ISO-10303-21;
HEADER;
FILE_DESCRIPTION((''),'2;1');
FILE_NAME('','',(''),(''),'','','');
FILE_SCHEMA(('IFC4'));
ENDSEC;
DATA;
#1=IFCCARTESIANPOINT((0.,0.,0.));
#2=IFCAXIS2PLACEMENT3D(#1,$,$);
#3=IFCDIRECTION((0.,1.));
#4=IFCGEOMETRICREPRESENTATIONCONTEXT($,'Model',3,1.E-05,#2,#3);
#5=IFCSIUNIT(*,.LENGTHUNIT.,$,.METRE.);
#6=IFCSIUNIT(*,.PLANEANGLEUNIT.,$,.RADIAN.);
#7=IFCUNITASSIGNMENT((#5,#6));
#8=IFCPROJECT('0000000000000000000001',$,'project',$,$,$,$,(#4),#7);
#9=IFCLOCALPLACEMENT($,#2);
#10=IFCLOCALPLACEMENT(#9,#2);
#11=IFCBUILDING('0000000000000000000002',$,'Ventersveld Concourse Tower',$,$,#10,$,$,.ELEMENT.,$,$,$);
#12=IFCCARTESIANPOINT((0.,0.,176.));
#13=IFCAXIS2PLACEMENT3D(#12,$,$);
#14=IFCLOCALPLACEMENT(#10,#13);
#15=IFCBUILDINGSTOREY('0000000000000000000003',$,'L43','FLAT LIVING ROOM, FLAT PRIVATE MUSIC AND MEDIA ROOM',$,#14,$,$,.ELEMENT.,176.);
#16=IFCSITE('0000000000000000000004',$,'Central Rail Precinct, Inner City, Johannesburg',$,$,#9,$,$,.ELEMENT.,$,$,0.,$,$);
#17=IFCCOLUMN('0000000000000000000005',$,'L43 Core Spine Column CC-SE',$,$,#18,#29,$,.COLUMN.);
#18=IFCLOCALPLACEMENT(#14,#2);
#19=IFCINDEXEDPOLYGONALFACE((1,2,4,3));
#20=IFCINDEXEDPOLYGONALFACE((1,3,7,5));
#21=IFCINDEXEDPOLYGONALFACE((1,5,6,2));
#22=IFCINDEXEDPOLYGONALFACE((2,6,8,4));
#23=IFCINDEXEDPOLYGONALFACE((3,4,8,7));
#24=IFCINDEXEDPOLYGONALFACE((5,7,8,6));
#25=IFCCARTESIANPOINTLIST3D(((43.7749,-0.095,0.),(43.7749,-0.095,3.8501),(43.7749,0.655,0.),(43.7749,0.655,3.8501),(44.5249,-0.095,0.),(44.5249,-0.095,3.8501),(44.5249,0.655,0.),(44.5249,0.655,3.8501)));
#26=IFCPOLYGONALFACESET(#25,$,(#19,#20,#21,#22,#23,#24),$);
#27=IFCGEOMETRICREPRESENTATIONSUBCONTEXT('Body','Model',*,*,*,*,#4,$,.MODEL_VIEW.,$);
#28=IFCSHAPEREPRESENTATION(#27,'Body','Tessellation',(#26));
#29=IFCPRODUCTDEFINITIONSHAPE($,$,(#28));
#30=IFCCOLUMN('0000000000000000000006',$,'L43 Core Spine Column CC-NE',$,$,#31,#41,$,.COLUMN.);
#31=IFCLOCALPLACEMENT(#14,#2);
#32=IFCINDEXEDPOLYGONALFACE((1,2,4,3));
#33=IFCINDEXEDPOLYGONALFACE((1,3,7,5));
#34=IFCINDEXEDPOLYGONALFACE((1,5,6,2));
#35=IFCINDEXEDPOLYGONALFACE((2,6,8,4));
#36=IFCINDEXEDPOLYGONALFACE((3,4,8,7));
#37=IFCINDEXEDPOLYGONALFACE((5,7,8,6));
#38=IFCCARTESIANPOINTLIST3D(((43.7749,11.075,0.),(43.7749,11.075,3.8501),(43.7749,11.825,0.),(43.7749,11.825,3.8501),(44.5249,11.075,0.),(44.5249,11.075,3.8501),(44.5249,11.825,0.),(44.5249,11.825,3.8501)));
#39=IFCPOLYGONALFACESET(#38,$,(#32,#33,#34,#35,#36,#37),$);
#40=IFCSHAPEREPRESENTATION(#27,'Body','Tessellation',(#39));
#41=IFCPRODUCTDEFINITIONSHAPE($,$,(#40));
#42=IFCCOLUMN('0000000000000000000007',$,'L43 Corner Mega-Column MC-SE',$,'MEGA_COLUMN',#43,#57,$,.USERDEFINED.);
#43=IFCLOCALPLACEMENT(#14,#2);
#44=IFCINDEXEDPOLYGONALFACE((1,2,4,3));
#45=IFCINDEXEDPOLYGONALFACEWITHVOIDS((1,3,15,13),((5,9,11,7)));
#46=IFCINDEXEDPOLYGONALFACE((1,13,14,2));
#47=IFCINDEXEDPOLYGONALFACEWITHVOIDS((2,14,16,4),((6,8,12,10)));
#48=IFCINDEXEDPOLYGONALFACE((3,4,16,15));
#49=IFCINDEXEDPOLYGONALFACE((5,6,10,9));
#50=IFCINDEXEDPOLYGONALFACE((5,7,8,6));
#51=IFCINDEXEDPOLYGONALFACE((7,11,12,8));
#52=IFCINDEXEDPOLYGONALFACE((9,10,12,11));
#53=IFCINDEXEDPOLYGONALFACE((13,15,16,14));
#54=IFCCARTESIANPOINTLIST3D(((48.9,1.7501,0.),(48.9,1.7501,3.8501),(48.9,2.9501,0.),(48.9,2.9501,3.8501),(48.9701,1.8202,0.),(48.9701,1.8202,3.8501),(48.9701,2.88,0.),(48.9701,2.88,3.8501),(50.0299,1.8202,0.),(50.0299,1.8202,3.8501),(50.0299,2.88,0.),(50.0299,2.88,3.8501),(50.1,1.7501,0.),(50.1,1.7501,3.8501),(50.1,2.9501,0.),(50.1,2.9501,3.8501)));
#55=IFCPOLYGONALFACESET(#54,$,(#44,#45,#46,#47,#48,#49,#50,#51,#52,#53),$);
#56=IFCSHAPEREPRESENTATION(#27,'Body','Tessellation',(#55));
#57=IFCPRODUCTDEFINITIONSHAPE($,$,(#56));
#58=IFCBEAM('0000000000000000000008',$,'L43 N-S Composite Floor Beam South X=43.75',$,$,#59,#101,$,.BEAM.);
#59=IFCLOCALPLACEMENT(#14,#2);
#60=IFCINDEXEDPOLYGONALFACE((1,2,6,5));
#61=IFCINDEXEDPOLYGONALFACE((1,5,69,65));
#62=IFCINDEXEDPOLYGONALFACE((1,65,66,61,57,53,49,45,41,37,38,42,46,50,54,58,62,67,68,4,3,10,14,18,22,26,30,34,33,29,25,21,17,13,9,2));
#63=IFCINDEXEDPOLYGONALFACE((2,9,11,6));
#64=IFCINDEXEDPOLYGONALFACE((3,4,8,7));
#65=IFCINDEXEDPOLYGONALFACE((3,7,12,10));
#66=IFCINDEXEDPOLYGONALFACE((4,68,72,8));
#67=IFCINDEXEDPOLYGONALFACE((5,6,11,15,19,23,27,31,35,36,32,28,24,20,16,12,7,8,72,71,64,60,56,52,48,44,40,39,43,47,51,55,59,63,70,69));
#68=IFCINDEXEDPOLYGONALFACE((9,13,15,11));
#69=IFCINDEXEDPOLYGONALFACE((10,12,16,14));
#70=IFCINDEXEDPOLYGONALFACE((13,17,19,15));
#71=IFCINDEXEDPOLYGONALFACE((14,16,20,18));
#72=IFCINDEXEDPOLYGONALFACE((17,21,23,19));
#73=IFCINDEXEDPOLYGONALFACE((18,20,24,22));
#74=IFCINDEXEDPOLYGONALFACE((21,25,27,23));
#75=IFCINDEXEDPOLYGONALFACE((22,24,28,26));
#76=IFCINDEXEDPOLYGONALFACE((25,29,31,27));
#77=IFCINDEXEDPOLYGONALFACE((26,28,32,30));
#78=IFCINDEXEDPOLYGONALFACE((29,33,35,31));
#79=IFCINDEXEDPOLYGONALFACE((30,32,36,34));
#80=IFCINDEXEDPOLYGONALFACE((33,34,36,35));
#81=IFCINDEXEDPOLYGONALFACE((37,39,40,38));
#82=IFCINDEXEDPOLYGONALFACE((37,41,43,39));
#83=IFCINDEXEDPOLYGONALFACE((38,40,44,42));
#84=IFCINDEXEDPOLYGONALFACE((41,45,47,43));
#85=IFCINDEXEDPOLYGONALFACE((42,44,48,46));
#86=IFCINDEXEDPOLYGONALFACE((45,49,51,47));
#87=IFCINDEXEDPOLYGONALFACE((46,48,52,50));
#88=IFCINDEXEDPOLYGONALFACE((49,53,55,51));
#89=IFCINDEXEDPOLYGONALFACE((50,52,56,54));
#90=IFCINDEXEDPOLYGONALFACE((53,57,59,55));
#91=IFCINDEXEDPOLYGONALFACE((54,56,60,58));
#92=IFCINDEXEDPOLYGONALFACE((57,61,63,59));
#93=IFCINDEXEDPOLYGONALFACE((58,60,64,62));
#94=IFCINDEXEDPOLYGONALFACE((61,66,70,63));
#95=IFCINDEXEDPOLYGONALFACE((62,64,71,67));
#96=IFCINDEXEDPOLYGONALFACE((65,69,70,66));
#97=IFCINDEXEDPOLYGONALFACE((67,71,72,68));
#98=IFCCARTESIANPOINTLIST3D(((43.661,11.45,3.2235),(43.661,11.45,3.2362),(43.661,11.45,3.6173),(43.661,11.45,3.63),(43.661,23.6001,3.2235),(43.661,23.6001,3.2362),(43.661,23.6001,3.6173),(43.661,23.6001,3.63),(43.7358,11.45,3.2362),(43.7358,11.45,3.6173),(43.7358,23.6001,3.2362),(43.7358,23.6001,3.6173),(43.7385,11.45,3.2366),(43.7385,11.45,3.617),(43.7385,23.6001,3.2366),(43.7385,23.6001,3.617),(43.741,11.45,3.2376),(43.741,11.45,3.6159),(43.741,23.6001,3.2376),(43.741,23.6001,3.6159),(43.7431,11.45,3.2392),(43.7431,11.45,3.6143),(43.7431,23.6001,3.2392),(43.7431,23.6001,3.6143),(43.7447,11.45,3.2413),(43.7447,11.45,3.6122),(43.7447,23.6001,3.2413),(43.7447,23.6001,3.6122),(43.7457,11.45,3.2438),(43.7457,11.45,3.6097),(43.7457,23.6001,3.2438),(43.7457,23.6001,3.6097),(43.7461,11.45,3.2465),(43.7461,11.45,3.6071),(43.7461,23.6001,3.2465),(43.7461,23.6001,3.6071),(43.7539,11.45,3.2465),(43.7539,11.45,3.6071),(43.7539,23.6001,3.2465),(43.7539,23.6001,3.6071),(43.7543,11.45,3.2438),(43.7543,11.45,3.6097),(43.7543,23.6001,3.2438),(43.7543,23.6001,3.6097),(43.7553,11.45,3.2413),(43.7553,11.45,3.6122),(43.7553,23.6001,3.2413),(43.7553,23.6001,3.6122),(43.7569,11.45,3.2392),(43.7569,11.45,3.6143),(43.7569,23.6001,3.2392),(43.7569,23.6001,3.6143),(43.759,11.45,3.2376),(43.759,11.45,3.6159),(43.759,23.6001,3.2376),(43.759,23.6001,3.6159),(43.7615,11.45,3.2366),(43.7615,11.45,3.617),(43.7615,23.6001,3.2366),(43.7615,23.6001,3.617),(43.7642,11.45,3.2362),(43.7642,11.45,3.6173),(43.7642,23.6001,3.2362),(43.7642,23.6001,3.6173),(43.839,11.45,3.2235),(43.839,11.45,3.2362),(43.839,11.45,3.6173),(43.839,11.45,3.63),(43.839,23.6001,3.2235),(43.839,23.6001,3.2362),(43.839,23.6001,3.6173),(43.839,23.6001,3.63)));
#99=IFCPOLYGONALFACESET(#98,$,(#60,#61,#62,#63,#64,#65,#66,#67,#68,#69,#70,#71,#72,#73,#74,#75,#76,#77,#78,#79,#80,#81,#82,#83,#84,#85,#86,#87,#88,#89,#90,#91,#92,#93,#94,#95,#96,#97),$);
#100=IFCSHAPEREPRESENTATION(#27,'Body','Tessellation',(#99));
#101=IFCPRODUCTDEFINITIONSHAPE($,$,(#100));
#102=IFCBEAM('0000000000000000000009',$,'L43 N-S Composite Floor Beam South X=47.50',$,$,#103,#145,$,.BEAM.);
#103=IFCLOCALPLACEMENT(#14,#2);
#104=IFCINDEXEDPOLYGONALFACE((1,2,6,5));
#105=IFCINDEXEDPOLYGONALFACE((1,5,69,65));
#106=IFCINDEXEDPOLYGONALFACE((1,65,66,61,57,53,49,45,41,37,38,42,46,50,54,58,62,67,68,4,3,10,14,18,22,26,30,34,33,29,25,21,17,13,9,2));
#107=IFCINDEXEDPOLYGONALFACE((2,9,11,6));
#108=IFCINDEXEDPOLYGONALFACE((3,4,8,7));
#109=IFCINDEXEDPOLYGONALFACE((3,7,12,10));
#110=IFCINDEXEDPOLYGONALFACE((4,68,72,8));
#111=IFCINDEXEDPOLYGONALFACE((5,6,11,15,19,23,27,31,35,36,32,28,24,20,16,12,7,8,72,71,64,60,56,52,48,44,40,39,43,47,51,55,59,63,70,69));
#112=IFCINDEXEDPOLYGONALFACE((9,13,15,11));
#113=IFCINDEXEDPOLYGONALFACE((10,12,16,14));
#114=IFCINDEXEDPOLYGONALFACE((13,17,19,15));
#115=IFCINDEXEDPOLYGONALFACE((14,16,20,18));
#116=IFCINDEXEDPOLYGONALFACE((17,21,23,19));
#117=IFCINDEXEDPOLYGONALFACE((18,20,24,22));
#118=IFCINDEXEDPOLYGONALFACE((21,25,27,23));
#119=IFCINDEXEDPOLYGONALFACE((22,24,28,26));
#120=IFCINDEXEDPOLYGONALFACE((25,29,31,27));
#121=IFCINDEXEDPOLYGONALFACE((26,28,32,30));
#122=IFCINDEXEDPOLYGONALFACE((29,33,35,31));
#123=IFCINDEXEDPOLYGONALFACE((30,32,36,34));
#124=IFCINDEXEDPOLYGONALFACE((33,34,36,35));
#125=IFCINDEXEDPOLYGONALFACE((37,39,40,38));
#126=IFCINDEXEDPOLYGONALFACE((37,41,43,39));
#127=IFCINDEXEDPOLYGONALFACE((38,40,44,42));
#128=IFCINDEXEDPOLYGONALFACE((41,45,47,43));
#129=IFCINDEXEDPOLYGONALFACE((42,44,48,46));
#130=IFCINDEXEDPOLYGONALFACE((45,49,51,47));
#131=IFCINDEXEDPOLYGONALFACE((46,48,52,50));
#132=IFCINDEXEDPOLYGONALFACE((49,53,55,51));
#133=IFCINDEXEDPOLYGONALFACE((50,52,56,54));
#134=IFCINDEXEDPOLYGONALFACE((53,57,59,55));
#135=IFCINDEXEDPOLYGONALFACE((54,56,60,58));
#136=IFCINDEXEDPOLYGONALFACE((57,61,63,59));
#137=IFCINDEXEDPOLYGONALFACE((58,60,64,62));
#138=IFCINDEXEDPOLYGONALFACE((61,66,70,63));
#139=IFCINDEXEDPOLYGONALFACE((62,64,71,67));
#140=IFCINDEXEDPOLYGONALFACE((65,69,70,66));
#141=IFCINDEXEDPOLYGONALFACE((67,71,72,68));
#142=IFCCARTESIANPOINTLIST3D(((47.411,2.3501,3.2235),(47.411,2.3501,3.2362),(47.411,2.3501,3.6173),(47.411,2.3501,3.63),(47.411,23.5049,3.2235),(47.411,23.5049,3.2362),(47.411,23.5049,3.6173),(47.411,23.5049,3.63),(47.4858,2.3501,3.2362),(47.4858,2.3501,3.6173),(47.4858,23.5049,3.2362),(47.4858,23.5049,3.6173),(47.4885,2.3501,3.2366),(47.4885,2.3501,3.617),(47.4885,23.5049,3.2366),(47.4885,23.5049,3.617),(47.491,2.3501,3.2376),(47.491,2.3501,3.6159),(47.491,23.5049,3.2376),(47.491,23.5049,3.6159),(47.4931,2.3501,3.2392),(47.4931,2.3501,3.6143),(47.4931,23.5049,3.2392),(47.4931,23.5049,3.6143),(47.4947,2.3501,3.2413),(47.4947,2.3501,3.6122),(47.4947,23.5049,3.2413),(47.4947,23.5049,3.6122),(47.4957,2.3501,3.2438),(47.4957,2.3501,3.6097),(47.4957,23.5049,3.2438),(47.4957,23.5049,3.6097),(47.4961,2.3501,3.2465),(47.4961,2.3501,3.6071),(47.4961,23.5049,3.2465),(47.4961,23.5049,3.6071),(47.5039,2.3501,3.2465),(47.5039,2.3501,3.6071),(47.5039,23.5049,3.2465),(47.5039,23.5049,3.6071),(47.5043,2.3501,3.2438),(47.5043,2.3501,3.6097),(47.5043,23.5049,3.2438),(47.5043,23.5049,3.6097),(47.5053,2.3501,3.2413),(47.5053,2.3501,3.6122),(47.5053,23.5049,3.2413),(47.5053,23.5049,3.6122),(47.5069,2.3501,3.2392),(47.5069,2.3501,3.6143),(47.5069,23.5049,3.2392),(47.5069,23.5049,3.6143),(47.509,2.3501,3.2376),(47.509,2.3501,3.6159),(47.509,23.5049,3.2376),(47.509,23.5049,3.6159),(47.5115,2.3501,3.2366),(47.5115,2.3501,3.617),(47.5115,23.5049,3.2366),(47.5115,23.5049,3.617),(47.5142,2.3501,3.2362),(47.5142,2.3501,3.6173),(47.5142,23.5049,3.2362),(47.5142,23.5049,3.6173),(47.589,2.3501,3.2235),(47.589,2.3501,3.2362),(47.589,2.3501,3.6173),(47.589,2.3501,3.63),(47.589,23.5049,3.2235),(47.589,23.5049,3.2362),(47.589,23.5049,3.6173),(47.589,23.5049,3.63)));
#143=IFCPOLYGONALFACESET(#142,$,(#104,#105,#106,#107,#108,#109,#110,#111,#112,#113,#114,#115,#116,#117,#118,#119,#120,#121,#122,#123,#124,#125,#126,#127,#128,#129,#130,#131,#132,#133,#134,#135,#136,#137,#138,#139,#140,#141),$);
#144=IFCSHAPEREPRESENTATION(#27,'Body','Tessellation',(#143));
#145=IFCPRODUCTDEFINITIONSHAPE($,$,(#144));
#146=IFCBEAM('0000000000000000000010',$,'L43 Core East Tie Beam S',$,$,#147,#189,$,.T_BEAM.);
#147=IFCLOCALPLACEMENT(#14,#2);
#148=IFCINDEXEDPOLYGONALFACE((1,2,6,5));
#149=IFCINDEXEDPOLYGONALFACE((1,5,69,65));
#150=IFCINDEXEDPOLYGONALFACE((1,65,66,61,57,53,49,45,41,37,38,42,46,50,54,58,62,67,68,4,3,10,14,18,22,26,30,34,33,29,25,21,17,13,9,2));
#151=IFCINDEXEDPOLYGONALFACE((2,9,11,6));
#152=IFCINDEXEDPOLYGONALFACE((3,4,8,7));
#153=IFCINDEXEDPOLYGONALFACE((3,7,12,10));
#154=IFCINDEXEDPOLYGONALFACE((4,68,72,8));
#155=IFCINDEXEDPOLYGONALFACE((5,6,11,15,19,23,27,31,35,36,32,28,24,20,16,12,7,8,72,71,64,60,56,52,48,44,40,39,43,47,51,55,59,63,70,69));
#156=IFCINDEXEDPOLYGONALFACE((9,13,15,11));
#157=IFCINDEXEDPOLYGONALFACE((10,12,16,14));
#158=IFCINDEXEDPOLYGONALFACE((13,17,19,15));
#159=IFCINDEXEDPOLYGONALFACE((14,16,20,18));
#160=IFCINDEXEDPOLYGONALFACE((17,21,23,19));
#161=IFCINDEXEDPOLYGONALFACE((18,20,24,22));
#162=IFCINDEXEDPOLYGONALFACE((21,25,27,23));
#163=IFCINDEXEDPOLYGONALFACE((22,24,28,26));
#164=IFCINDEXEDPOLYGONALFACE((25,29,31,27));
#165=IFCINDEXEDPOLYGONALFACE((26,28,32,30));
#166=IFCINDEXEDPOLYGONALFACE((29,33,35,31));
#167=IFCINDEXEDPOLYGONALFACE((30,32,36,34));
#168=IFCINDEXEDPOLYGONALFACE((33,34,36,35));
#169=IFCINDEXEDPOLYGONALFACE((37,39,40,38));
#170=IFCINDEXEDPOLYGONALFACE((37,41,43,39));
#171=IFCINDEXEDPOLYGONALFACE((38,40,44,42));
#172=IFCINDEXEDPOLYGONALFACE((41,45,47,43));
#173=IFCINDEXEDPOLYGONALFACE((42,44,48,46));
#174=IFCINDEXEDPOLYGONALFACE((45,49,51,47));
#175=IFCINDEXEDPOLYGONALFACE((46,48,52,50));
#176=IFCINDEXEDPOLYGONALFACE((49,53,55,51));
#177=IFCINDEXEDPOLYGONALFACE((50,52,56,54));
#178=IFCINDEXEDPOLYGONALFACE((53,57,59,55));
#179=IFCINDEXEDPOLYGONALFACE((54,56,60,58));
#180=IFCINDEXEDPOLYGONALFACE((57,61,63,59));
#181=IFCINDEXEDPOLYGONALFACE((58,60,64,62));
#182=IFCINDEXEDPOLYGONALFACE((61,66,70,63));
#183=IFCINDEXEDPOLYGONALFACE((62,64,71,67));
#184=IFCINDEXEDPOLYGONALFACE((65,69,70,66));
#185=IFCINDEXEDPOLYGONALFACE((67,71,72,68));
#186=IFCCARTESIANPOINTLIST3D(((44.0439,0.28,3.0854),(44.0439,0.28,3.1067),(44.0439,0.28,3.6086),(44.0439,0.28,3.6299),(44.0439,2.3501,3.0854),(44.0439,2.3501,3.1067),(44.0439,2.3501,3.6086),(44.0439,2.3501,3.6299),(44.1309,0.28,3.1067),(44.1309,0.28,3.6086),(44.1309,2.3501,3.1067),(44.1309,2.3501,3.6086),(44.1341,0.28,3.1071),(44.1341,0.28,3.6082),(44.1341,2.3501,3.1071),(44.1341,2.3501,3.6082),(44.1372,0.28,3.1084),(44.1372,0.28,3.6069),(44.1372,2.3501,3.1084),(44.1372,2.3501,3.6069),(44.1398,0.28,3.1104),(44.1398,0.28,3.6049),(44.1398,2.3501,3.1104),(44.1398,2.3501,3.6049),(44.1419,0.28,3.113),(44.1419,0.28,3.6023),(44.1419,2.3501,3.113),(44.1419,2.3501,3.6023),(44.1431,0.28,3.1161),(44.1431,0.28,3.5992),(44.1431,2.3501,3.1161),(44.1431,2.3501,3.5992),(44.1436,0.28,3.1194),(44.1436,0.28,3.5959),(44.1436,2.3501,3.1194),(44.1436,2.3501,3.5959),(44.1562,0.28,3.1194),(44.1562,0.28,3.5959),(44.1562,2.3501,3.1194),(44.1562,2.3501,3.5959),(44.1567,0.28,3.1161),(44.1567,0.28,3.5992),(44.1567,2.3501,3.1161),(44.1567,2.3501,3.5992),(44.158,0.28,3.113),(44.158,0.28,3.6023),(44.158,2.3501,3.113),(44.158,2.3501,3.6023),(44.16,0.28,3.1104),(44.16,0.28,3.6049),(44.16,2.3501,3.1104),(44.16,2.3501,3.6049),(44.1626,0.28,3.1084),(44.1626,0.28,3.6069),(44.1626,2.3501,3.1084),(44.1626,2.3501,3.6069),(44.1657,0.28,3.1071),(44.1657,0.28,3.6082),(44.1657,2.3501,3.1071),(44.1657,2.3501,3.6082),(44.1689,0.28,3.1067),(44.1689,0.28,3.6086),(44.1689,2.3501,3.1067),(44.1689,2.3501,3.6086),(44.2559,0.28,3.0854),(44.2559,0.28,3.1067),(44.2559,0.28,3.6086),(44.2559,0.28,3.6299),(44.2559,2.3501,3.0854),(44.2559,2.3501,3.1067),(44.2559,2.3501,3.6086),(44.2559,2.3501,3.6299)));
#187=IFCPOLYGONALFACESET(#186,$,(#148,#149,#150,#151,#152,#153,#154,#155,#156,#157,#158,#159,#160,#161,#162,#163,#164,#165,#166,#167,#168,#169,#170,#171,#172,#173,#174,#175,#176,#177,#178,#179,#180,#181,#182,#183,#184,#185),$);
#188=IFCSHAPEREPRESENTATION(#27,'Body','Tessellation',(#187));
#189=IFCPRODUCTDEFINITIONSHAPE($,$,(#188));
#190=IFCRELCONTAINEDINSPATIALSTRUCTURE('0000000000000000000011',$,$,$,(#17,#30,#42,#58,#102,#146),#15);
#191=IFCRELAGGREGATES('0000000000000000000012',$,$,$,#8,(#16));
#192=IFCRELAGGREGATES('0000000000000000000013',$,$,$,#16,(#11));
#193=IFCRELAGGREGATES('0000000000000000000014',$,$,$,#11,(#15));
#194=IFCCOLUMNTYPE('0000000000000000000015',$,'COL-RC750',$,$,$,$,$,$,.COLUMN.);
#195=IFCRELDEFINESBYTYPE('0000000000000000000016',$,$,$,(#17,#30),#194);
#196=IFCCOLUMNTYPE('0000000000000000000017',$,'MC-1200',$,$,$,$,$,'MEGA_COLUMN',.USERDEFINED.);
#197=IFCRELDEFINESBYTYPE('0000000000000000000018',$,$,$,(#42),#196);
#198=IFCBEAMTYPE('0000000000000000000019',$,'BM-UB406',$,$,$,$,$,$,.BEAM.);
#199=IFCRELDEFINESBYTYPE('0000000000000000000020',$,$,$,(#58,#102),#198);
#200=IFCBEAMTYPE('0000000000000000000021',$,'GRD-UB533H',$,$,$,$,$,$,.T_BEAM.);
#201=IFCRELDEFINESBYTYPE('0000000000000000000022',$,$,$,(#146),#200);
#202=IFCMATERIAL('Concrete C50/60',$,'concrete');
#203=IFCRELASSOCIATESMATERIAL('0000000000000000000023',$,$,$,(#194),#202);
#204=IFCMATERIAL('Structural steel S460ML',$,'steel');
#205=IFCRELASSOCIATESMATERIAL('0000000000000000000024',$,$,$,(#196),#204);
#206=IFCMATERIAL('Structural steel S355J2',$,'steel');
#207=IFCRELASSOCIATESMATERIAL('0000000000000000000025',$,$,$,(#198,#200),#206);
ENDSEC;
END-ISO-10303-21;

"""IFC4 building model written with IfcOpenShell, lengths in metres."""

from ifc_helpers import new_model, si_unit, direction, frame, origin, origin_2d, place, context, subcontext, project, spatial, rectangle, hollow_rectangle, i_section, extrude, material, material_profile, profile_set, type_object, element, save


model = new_model("IFC4")

# Units and contexts
model_context = context("Model", 3, precision=1e-05, world=origin(), true_north=direction((0.0, 1.0)))
body_context = subcontext(model_context, "Body", "Model", "MODEL_VIEW")
ifc_project = project(units=[si_unit("LENGTHUNIT", "METRE"), si_unit("PLANEANGLEUNIT", "RADIAN")], contexts=[model_context])

# Site, building, storey
site_placement = place(None, origin())
site = spatial("IfcSite", under=ifc_project, at=site_placement, Name="Central Rail Precinct, Inner City, Johannesburg", CompositionType="ELEMENT", RefElevation=0.0)
building_placement = place(site_placement, origin())
building = spatial("IfcBuilding", under=site, at=building_placement, Name="Ventersveld Concourse Tower", CompositionType="ELEMENT")
storey_placement = place(building_placement, frame((0.0, 0.0, 176.0)))
storey = spatial("IfcBuildingStorey", under=building, at=storey_placement, Name="L43", Description="FLAT LIVING ROOM, FLAT PRIVATE MUSIC AND MEDIA ROOM", CompositionType="ELEMENT", Elevation=176.0)

# Columns
ifc_material_1 = material(Name="Concrete C50/60", Category="concrete")
ifc_material_profile_1 = material_profile(ifc_material_1, rectangle(XDim=0.75, YDim=0.75, at=origin_2d()), Name="RC 750x750")
ifc_profile_set_1 = profile_set([ifc_material_profile_1], Name="Concrete C50/60")
column_type_1 = type_object("IfcColumnType", Name="COL-RC750", PredefinedType="COLUMN", material=ifc_profile_set_1)
for number, where, z_axis, x_axis, name in (
    (1, (44.1499, 0.28, 0.0), (0.0, 0.0, 1.0), (1.0, 0.0, 0.0), "L43 Core Spine Column CC-SE"),
    (2, (44.1499, 11.45, 0.0), (0.0, 0.0, 1.0), (1.0, 0.0, 0.0), "L43 Core Spine Column CC-NE"),
):
    element("IfcColumn", number, at=place(storey_placement, frame(where, z_axis=z_axis, x_axis=x_axis)), inside=storey, type_object=column_type_1, Name=name, PredefinedType="COLUMN", context=body_context, shape_type="SweptSolid", body=[
        extrude(rectangle(XDim=0.75, YDim=0.75, at=origin_2d()), origin(), (0.0, 0.0, 1.0), 3.8501),
    ])
ifc_material_2 = material(Name="Structural steel S460ML", Category="steel")
ifc_material_profile_2 = material_profile(ifc_material_2, hollow_rectangle(XDim=1.2, YDim=1.2, WallThickness=0.0701, at=origin_2d()), Name="BOX 1200x1200x70")
ifc_profile_set_2 = profile_set([ifc_material_profile_2], Name="Structural steel S460ML")
column_type_2 = type_object("IfcColumnType", Name="MC-1200", ElementType="MEGA_COLUMN", PredefinedType="USERDEFINED", material=ifc_profile_set_2)
column_placement = place(storey_placement, frame((49.5, 2.3501, 0.0), z_axis=(0.0, 0.0, 1.0), x_axis=(1.0, 0.0, 0.0)))
element("IfcColumn", 3, at=column_placement, inside=storey, type_object=column_type_2, Name="L43 Corner Mega-Column MC-SE", ObjectType="MEGA_COLUMN", PredefinedType="USERDEFINED", context=body_context, shape_type="SweptSolid", body=[
    extrude(hollow_rectangle(XDim=1.2, YDim=1.2, WallThickness=0.0701, at=origin_2d()), origin(), (0.0, 0.0, 1.0), 3.8501),
])

# Beams
ifc_material_3 = material(Name="Structural steel S355J2", Category="steel")
ifc_material_profile_3 = material_profile(ifc_material_3, i_section(OverallWidth=0.178, OverallDepth=0.4065, WebThickness=0.0078, FlangeThickness=0.0127, FilletRadius=0.0103, at=origin_2d()), Name="UB 406x178x60")
ifc_profile_set_3 = profile_set([ifc_material_profile_3], Name="Structural steel S355J2")
beam_type_1 = type_object("IfcBeamType", Name="BM-UB406", PredefinedType="BEAM", material=ifc_profile_set_3)
beam_1_placement = place(storey_placement, frame((43.75, 11.45, 3.4268), z_axis=(0.0, 1.0, 0.0), x_axis=(-1.0, 0.0, 0.0)))
element("IfcBeam", 4, at=beam_1_placement, inside=storey, type_object=beam_type_1, Name="L43 N-S Composite Floor Beam South X=43.75", PredefinedType="BEAM", context=body_context, shape_type="SweptSolid", body=[
    extrude(i_section(OverallWidth=0.178, OverallDepth=0.4065, WebThickness=0.0078, FlangeThickness=0.0127, FilletRadius=0.0103, at=origin_2d()), origin(), (0.0, 0.0, 1.0), 12.1501),
])
beam_2_placement = place(storey_placement, frame((47.5, 2.3501, 3.4268), z_axis=(0.0, 1.0, 0.0), x_axis=(-1.0, 0.0, 0.0)))
element("IfcBeam", 5, at=beam_2_placement, inside=storey, type_object=beam_type_1, Name="L43 N-S Composite Floor Beam South X=47.50", PredefinedType="BEAM", context=body_context, shape_type="SweptSolid", body=[
    extrude(i_section(OverallWidth=0.178, OverallDepth=0.4065, WebThickness=0.0078, FlangeThickness=0.0127, FilletRadius=0.0103, at=origin_2d()), origin(), (0.0, 0.0, 1.0), 21.1548),
])
ifc_material_profile_4 = material_profile(ifc_material_3, i_section(OverallWidth=0.2119, OverallDepth=0.5444, WebThickness=0.0127, FlangeThickness=0.0212, FilletRadius=0.0127, at=origin_2d()), Name="UB 533x210x122")
ifc_profile_set_4 = profile_set([ifc_material_profile_4], Name="Structural steel S355J2")
beam_type_2 = type_object("IfcBeamType", Name="GRD-UB533H", PredefinedType="T_BEAM", material=ifc_profile_set_4)
beam_3_placement = place(storey_placement, frame((44.1499, 0.28, 3.3577), z_axis=(0.0, 1.0, 0.0), x_axis=(-1.0, 0.0, 0.0)))
element("IfcBeam", 6, at=beam_3_placement, inside=storey, type_object=beam_type_2, Name="L43 Core East Tie Beam S", PredefinedType="T_BEAM", context=body_context, shape_type="SweptSolid", body=[
    extrude(i_section(OverallWidth=0.2119, OverallDepth=0.5444, WebThickness=0.0127, FlangeThickness=0.0212, FilletRadius=0.0127, at=origin_2d()), origin(), (0.0, 0.0, 1.0), 2.0701),
])

save(model, "model.ifc")
